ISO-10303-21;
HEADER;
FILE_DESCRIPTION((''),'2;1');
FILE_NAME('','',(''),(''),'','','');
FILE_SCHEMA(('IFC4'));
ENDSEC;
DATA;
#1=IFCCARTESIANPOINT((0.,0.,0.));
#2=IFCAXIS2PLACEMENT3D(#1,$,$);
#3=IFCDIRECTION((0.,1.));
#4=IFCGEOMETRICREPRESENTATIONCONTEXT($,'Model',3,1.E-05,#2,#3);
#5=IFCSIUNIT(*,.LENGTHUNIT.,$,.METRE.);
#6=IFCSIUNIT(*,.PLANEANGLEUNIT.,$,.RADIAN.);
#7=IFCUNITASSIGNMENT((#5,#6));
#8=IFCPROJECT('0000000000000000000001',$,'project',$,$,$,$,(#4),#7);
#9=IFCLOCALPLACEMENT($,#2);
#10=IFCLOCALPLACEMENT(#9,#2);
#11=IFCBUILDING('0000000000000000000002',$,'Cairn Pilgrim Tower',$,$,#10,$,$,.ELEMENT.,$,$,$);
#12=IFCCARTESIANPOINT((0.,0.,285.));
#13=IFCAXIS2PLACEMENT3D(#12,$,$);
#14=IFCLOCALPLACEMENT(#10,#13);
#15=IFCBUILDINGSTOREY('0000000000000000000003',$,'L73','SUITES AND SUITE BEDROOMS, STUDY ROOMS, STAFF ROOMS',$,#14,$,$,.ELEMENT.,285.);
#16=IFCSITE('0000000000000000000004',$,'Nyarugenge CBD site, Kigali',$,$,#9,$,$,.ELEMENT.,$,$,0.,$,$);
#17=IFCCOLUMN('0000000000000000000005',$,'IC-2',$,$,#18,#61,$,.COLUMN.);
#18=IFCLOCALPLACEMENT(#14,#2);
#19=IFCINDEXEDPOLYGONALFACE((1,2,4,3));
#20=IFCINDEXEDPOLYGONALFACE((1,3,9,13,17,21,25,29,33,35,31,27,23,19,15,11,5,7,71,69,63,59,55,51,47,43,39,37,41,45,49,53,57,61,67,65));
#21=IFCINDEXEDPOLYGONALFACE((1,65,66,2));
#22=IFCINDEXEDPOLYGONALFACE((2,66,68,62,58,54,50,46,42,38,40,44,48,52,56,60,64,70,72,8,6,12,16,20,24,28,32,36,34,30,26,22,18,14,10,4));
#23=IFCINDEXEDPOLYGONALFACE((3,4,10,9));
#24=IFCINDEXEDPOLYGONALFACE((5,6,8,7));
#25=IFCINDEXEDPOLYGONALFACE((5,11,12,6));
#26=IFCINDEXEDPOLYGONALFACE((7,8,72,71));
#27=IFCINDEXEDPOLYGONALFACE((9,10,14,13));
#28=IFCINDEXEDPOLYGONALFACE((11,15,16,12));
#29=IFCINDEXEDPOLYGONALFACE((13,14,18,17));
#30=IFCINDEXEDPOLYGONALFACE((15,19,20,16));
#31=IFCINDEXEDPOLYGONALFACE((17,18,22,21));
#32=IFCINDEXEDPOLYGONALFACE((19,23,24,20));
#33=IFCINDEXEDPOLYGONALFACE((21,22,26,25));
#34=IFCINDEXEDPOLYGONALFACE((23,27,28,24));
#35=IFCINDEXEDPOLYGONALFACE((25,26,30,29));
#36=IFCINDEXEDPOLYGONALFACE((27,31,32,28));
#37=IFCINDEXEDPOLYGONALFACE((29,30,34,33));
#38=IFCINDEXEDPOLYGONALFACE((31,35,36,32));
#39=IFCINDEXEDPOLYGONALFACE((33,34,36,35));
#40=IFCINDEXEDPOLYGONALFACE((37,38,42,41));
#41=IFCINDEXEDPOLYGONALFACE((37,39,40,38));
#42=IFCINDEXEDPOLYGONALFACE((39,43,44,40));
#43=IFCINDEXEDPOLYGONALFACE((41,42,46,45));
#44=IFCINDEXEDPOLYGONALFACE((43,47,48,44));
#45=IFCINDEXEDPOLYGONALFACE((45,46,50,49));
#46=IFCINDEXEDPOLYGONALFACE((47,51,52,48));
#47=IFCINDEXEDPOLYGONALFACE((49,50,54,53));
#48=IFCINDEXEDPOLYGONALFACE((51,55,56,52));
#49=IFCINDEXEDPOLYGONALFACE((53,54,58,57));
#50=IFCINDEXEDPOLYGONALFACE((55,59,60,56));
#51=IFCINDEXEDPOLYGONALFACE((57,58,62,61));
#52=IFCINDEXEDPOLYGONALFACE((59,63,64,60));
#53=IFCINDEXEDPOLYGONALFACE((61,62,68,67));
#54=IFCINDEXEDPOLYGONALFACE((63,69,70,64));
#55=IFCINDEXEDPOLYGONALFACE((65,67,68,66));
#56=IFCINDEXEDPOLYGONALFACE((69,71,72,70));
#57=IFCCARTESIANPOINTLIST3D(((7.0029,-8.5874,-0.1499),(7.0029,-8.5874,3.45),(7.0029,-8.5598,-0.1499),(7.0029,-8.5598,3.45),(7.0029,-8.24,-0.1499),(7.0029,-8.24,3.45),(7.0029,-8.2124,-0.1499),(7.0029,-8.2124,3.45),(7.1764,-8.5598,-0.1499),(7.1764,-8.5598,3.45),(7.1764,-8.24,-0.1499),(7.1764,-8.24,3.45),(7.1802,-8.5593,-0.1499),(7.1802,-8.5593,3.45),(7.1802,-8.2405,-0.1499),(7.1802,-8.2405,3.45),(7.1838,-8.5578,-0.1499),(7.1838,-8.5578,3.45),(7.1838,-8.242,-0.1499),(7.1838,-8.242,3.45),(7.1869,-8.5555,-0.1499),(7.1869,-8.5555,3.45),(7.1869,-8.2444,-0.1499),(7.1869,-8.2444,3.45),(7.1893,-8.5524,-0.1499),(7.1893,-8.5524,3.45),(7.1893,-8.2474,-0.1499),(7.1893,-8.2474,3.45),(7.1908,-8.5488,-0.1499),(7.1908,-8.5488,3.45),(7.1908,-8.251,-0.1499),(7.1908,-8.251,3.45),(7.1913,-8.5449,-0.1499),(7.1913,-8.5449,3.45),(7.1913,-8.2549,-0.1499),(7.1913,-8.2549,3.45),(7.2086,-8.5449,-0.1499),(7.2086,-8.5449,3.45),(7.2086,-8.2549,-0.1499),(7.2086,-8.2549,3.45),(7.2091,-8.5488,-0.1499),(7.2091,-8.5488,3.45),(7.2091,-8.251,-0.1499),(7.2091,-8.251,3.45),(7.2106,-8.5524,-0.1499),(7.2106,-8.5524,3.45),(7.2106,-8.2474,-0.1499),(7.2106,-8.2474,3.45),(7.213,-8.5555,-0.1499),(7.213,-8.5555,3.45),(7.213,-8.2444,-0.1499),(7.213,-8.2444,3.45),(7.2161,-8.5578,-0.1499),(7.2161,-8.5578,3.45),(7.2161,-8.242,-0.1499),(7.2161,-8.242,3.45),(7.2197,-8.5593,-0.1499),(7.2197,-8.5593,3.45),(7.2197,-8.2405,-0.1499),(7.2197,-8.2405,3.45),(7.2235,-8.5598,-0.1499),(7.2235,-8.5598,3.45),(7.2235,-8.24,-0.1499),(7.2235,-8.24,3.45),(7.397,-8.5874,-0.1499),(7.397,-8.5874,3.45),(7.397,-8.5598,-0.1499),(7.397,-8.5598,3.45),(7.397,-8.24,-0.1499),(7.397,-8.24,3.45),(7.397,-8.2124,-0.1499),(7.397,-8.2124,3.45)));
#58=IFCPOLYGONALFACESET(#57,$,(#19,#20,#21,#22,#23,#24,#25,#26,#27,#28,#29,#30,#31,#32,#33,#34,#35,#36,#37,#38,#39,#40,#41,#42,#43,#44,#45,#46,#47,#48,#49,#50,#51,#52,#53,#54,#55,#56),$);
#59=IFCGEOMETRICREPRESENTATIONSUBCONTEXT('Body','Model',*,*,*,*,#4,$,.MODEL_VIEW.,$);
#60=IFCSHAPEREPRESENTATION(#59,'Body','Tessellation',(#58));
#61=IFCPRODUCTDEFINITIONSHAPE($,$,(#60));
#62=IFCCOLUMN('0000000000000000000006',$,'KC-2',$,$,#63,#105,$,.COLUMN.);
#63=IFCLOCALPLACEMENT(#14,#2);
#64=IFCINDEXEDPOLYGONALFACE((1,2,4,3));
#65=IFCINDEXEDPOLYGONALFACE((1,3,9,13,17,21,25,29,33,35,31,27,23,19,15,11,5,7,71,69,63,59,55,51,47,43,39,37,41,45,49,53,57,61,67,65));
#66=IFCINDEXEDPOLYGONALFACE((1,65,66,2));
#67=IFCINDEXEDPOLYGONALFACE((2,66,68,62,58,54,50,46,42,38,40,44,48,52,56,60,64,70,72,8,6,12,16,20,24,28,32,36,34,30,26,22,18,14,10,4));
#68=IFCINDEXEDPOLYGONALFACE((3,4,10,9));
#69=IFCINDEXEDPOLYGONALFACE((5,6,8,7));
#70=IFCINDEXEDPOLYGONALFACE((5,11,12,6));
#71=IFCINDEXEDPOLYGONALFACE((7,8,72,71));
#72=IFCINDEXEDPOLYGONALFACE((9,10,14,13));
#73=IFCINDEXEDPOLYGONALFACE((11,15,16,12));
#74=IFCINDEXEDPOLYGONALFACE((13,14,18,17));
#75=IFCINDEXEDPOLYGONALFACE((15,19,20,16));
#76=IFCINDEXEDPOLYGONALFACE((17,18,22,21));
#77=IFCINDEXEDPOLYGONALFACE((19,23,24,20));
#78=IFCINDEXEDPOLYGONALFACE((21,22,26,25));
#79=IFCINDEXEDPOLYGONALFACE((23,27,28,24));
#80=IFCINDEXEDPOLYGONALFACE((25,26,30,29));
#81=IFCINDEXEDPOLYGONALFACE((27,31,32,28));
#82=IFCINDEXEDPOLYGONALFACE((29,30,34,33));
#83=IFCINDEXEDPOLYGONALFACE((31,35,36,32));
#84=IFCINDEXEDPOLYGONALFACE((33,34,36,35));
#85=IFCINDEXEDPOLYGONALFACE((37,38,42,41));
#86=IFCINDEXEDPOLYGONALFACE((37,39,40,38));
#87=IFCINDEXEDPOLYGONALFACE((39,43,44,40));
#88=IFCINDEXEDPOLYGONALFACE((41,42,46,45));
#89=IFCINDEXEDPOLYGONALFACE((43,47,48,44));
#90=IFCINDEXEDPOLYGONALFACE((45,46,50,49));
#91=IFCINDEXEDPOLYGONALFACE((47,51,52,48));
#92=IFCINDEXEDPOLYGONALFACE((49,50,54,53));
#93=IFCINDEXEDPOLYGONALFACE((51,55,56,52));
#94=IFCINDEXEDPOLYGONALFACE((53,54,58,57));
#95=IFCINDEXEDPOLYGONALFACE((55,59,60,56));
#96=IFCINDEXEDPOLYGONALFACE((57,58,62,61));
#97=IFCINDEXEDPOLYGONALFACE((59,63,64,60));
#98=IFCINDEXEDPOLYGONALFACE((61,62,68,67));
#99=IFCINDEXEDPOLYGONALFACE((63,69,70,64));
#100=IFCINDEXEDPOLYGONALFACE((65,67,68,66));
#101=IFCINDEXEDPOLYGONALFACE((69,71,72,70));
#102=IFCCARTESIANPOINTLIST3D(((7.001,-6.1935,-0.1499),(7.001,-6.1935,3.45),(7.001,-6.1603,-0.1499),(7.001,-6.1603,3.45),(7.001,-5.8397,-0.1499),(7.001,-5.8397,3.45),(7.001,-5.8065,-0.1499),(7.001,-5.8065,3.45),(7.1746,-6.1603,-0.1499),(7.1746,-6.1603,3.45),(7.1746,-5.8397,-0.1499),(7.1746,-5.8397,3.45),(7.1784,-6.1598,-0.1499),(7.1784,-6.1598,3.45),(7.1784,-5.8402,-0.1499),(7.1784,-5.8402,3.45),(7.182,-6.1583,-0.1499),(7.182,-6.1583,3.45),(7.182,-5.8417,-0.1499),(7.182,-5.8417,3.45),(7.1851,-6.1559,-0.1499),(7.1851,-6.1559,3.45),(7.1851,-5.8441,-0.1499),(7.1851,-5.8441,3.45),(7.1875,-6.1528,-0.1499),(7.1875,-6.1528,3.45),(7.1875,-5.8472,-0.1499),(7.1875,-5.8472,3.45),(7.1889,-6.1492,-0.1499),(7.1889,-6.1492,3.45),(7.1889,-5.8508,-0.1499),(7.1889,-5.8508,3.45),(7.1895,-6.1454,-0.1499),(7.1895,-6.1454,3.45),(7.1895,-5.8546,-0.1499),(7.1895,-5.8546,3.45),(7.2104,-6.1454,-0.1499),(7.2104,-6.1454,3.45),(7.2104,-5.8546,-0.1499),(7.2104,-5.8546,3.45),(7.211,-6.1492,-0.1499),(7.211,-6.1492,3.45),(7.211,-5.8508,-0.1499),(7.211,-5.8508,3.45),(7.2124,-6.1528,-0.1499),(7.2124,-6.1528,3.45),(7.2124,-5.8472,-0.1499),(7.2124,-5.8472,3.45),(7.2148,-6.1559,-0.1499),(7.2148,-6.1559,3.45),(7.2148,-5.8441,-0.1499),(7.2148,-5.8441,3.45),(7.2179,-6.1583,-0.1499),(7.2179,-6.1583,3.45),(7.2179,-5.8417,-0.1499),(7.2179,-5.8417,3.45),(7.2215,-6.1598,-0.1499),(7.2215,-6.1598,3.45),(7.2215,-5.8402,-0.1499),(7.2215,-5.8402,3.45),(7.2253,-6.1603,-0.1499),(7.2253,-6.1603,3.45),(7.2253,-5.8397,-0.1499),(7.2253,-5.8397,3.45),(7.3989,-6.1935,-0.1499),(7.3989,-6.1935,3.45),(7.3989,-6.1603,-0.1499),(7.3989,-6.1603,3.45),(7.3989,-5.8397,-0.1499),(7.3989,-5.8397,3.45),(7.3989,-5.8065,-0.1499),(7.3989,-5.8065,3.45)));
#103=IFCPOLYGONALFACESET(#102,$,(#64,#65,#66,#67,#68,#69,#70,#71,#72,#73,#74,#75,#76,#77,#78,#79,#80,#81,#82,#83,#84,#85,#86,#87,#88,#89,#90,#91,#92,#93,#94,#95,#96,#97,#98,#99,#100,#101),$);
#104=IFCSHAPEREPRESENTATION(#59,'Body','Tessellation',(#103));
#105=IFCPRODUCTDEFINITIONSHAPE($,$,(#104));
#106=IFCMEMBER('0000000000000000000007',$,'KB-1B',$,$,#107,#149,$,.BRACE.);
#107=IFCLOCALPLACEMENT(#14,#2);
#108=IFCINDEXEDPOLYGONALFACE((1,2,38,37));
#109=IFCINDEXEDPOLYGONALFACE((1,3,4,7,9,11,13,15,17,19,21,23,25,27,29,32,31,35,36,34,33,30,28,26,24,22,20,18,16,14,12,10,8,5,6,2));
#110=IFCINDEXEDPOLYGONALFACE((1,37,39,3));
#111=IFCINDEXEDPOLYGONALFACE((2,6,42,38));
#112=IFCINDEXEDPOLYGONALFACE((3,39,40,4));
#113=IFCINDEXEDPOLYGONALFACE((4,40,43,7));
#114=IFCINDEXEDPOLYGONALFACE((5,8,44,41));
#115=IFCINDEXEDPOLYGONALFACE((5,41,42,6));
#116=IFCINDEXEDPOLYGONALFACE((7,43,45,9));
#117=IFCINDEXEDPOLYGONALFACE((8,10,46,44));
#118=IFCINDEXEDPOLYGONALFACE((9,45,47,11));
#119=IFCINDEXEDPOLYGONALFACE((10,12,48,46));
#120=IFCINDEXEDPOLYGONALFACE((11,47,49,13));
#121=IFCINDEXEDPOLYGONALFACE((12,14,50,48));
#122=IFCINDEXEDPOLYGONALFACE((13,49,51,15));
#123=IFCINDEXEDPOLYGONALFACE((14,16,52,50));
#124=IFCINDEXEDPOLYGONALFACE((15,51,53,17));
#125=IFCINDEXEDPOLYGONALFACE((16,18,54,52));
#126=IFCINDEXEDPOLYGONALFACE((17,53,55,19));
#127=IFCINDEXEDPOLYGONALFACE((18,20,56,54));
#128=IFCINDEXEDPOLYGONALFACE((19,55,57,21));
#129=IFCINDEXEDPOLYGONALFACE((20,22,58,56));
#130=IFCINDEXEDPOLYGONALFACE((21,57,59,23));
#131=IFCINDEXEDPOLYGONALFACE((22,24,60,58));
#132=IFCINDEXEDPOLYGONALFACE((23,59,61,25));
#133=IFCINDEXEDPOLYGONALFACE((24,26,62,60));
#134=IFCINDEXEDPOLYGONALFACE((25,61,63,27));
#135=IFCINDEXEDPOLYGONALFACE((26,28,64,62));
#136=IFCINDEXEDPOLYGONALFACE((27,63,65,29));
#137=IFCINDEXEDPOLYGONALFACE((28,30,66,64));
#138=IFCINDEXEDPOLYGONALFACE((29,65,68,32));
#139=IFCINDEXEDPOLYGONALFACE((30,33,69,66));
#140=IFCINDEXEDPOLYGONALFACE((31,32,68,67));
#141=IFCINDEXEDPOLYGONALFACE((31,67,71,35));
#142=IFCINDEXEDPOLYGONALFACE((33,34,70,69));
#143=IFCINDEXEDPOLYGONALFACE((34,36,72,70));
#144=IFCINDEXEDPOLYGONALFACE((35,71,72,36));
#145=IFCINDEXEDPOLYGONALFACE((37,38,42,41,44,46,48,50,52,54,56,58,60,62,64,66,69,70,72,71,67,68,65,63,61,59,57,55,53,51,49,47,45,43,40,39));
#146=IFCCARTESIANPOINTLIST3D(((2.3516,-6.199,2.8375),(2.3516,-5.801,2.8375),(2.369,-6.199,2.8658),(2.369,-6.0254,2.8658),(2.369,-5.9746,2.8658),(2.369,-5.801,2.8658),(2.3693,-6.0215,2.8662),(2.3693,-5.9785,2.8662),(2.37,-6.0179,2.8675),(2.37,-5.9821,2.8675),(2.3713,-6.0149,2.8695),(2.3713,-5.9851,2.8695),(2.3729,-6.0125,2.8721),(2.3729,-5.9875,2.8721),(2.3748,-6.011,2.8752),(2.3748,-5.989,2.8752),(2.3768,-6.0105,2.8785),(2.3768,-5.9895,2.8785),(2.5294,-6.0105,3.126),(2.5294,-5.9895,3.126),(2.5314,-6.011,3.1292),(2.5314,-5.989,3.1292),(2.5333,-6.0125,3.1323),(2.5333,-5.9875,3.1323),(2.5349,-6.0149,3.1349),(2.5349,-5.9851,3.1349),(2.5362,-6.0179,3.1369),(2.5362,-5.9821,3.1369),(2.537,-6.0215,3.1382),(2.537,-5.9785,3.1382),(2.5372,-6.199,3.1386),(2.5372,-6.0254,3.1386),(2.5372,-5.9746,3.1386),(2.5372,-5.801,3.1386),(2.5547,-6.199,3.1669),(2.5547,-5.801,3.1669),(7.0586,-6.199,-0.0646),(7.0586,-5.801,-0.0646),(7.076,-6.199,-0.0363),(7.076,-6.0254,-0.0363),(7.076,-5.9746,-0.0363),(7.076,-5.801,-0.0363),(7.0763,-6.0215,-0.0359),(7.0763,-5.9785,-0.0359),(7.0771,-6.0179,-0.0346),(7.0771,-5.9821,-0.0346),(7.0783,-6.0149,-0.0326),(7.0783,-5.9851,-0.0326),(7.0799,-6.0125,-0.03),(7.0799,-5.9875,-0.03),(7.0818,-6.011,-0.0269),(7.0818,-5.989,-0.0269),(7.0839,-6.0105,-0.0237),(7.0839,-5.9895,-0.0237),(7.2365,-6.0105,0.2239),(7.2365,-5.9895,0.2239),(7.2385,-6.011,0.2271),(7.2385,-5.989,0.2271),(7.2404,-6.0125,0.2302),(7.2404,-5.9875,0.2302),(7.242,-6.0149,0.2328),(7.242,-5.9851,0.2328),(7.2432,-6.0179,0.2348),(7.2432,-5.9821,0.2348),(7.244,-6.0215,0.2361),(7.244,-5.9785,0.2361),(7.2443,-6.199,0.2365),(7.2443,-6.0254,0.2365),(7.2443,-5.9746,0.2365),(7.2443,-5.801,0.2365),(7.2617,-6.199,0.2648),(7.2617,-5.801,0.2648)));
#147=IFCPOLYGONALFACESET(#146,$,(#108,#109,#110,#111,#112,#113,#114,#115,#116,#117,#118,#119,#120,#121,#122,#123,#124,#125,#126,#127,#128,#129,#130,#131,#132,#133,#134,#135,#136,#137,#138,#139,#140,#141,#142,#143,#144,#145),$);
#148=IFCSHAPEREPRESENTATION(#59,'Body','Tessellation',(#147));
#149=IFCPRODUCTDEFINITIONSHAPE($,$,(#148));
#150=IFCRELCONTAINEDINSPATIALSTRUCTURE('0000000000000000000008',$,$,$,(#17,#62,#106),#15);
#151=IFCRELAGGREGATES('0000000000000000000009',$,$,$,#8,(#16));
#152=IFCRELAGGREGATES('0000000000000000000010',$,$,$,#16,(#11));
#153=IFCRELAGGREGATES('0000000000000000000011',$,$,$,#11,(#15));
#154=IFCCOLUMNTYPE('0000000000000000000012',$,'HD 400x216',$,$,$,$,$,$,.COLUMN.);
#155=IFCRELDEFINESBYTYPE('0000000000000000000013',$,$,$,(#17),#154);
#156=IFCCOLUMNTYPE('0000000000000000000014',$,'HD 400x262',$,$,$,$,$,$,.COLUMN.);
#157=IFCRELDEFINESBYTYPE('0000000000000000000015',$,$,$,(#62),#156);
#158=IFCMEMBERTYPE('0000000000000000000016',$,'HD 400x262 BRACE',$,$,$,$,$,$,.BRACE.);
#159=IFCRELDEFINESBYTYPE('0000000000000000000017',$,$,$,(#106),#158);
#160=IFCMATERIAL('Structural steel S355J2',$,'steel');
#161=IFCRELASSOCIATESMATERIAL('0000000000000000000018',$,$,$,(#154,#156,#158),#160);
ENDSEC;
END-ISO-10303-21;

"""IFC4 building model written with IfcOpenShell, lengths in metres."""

from ifc_helpers import new_model, si_unit, direction, frame, origin, origin_2d, place, context, subcontext, project, spatial, i_section, extrude, material, material_profile, profile_set, type_object, element, save


model = new_model("IFC4")

# Units and contexts
model_context = context("Model", 3, precision=1e-05, world=origin(), true_north=direction((0.0, 1.0)))
body_context = subcontext(model_context, "Body", "Model", "MODEL_VIEW")
ifc_project = project(units=[si_unit("LENGTHUNIT", "METRE"), si_unit("PLANEANGLEUNIT", "RADIAN")], contexts=[model_context])

# Site, building, storey
site_placement = place(None, origin())
site = spatial("IfcSite", under=ifc_project, at=site_placement, Name="Nyarugenge CBD site, Kigali", CompositionType="ELEMENT", RefElevation=0.0)
building_placement = place(site_placement, origin())
building = spatial("IfcBuilding", under=site, at=building_placement, Name="Cairn Pilgrim Tower", CompositionType="ELEMENT")
storey_placement = place(building_placement, frame((0.0, 0.0, 285.0)))
storey = spatial("IfcBuildingStorey", under=building, at=storey_placement, Name="L73", Description="SUITES AND SUITE BEDROOMS, STUDY ROOMS, STAFF ROOMS", CompositionType="ELEMENT", Elevation=285.0)

# Columns
ifc_material_1 = material(Name="Structural steel S355J2", Category="steel")
ifc_material_profile_1 = material_profile(ifc_material_1, i_section(OverallWidth=0.394, OverallDepth=0.375, WebThickness=0.0173, FlangeThickness=0.0276, FilletRadius=0.0149, at=origin_2d()), Name="HD 400x216")
ifc_profile_set_1 = profile_set([ifc_material_profile_1], Name="Structural steel S355J2")
column_type_1 = type_object("IfcColumnType", Name="HD 400x216", PredefinedType="COLUMN", material=ifc_profile_set_1)
column_1_placement = place(storey_placement, frame((7.2, -8.3999, -0.1499), z_axis=(0.0, 0.0, 1.0), x_axis=(1.0, 0.0, 0.0)))
element("IfcColumn", 1, at=column_1_placement, inside=storey, type_object=column_type_1, Name="IC-2", PredefinedType="COLUMN", context=body_context, shape_type="SweptSolid", body=[
    extrude(i_section(OverallWidth=0.394, OverallDepth=0.375, WebThickness=0.0173, FlangeThickness=0.0276, FilletRadius=0.0149, at=origin_2d()), origin(), (0.0, 0.0, 1.0), 3.5999),
])
ifc_material_profile_2 = material_profile(ifc_material_1, i_section(OverallWidth=0.3979, OverallDepth=0.387, WebThickness=0.021, FlangeThickness=0.0332, FilletRadius=0.0149, at=origin_2d()), Name="HD 400x262")
ifc_profile_set_2 = profile_set([ifc_material_profile_2], Name="Structural steel S355J2")
column_type_2 = type_object("IfcColumnType", Name="HD 400x262", PredefinedType="COLUMN", material=ifc_profile_set_2)
column_2_placement = place(storey_placement, frame((7.2, -6.0, -0.1499), z_axis=(0.0, 0.0, 1.0), x_axis=(1.0, 0.0, 0.0)))
element("IfcColumn", 2, at=column_2_placement, inside=storey, type_object=column_type_2, Name="KC-2", PredefinedType="COLUMN", context=body_context, shape_type="SweptSolid", body=[
    extrude(i_section(OverallWidth=0.3979, OverallDepth=0.387, WebThickness=0.021, FlangeThickness=0.0332, FilletRadius=0.0149, at=origin_2d()), origin(), (0.0, 0.0, 1.0), 3.5999),
])

# Member
ifc_material_profile_3 = material_profile(ifc_material_1, i_section(OverallWidth=0.3979, OverallDepth=0.387, WebThickness=0.021, FlangeThickness=0.0332, FilletRadius=0.0149, at=origin_2d()), Name="HD 400x262")
ifc_profile_set_3 = profile_set([ifc_material_profile_3], Name="Structural steel S355J2")
member_type = type_object("IfcMemberType", Name="HD 400x262 BRACE", PredefinedType="BRACE", material=ifc_profile_set_3)
member_placement = place(storey_placement, frame((7.1602, -6.0, 0.1001), z_axis=(-0.851217, 0.0, 0.524814), x_axis=(0.0, -1.0, 0.0)))
element("IfcMember", 3, at=member_placement, inside=storey, type_object=member_type, Name="KB-1B", PredefinedType="BRACE", context=body_context, shape_type="SweptSolid", body=[
    extrude(i_section(OverallWidth=0.3979, OverallDepth=0.387, WebThickness=0.021, FlangeThickness=0.0332, FilletRadius=0.0149, at=origin_2d()), origin(), (0.0, 0.0, 1.0), 5.5298),
])

save(model, "model.ifc")
